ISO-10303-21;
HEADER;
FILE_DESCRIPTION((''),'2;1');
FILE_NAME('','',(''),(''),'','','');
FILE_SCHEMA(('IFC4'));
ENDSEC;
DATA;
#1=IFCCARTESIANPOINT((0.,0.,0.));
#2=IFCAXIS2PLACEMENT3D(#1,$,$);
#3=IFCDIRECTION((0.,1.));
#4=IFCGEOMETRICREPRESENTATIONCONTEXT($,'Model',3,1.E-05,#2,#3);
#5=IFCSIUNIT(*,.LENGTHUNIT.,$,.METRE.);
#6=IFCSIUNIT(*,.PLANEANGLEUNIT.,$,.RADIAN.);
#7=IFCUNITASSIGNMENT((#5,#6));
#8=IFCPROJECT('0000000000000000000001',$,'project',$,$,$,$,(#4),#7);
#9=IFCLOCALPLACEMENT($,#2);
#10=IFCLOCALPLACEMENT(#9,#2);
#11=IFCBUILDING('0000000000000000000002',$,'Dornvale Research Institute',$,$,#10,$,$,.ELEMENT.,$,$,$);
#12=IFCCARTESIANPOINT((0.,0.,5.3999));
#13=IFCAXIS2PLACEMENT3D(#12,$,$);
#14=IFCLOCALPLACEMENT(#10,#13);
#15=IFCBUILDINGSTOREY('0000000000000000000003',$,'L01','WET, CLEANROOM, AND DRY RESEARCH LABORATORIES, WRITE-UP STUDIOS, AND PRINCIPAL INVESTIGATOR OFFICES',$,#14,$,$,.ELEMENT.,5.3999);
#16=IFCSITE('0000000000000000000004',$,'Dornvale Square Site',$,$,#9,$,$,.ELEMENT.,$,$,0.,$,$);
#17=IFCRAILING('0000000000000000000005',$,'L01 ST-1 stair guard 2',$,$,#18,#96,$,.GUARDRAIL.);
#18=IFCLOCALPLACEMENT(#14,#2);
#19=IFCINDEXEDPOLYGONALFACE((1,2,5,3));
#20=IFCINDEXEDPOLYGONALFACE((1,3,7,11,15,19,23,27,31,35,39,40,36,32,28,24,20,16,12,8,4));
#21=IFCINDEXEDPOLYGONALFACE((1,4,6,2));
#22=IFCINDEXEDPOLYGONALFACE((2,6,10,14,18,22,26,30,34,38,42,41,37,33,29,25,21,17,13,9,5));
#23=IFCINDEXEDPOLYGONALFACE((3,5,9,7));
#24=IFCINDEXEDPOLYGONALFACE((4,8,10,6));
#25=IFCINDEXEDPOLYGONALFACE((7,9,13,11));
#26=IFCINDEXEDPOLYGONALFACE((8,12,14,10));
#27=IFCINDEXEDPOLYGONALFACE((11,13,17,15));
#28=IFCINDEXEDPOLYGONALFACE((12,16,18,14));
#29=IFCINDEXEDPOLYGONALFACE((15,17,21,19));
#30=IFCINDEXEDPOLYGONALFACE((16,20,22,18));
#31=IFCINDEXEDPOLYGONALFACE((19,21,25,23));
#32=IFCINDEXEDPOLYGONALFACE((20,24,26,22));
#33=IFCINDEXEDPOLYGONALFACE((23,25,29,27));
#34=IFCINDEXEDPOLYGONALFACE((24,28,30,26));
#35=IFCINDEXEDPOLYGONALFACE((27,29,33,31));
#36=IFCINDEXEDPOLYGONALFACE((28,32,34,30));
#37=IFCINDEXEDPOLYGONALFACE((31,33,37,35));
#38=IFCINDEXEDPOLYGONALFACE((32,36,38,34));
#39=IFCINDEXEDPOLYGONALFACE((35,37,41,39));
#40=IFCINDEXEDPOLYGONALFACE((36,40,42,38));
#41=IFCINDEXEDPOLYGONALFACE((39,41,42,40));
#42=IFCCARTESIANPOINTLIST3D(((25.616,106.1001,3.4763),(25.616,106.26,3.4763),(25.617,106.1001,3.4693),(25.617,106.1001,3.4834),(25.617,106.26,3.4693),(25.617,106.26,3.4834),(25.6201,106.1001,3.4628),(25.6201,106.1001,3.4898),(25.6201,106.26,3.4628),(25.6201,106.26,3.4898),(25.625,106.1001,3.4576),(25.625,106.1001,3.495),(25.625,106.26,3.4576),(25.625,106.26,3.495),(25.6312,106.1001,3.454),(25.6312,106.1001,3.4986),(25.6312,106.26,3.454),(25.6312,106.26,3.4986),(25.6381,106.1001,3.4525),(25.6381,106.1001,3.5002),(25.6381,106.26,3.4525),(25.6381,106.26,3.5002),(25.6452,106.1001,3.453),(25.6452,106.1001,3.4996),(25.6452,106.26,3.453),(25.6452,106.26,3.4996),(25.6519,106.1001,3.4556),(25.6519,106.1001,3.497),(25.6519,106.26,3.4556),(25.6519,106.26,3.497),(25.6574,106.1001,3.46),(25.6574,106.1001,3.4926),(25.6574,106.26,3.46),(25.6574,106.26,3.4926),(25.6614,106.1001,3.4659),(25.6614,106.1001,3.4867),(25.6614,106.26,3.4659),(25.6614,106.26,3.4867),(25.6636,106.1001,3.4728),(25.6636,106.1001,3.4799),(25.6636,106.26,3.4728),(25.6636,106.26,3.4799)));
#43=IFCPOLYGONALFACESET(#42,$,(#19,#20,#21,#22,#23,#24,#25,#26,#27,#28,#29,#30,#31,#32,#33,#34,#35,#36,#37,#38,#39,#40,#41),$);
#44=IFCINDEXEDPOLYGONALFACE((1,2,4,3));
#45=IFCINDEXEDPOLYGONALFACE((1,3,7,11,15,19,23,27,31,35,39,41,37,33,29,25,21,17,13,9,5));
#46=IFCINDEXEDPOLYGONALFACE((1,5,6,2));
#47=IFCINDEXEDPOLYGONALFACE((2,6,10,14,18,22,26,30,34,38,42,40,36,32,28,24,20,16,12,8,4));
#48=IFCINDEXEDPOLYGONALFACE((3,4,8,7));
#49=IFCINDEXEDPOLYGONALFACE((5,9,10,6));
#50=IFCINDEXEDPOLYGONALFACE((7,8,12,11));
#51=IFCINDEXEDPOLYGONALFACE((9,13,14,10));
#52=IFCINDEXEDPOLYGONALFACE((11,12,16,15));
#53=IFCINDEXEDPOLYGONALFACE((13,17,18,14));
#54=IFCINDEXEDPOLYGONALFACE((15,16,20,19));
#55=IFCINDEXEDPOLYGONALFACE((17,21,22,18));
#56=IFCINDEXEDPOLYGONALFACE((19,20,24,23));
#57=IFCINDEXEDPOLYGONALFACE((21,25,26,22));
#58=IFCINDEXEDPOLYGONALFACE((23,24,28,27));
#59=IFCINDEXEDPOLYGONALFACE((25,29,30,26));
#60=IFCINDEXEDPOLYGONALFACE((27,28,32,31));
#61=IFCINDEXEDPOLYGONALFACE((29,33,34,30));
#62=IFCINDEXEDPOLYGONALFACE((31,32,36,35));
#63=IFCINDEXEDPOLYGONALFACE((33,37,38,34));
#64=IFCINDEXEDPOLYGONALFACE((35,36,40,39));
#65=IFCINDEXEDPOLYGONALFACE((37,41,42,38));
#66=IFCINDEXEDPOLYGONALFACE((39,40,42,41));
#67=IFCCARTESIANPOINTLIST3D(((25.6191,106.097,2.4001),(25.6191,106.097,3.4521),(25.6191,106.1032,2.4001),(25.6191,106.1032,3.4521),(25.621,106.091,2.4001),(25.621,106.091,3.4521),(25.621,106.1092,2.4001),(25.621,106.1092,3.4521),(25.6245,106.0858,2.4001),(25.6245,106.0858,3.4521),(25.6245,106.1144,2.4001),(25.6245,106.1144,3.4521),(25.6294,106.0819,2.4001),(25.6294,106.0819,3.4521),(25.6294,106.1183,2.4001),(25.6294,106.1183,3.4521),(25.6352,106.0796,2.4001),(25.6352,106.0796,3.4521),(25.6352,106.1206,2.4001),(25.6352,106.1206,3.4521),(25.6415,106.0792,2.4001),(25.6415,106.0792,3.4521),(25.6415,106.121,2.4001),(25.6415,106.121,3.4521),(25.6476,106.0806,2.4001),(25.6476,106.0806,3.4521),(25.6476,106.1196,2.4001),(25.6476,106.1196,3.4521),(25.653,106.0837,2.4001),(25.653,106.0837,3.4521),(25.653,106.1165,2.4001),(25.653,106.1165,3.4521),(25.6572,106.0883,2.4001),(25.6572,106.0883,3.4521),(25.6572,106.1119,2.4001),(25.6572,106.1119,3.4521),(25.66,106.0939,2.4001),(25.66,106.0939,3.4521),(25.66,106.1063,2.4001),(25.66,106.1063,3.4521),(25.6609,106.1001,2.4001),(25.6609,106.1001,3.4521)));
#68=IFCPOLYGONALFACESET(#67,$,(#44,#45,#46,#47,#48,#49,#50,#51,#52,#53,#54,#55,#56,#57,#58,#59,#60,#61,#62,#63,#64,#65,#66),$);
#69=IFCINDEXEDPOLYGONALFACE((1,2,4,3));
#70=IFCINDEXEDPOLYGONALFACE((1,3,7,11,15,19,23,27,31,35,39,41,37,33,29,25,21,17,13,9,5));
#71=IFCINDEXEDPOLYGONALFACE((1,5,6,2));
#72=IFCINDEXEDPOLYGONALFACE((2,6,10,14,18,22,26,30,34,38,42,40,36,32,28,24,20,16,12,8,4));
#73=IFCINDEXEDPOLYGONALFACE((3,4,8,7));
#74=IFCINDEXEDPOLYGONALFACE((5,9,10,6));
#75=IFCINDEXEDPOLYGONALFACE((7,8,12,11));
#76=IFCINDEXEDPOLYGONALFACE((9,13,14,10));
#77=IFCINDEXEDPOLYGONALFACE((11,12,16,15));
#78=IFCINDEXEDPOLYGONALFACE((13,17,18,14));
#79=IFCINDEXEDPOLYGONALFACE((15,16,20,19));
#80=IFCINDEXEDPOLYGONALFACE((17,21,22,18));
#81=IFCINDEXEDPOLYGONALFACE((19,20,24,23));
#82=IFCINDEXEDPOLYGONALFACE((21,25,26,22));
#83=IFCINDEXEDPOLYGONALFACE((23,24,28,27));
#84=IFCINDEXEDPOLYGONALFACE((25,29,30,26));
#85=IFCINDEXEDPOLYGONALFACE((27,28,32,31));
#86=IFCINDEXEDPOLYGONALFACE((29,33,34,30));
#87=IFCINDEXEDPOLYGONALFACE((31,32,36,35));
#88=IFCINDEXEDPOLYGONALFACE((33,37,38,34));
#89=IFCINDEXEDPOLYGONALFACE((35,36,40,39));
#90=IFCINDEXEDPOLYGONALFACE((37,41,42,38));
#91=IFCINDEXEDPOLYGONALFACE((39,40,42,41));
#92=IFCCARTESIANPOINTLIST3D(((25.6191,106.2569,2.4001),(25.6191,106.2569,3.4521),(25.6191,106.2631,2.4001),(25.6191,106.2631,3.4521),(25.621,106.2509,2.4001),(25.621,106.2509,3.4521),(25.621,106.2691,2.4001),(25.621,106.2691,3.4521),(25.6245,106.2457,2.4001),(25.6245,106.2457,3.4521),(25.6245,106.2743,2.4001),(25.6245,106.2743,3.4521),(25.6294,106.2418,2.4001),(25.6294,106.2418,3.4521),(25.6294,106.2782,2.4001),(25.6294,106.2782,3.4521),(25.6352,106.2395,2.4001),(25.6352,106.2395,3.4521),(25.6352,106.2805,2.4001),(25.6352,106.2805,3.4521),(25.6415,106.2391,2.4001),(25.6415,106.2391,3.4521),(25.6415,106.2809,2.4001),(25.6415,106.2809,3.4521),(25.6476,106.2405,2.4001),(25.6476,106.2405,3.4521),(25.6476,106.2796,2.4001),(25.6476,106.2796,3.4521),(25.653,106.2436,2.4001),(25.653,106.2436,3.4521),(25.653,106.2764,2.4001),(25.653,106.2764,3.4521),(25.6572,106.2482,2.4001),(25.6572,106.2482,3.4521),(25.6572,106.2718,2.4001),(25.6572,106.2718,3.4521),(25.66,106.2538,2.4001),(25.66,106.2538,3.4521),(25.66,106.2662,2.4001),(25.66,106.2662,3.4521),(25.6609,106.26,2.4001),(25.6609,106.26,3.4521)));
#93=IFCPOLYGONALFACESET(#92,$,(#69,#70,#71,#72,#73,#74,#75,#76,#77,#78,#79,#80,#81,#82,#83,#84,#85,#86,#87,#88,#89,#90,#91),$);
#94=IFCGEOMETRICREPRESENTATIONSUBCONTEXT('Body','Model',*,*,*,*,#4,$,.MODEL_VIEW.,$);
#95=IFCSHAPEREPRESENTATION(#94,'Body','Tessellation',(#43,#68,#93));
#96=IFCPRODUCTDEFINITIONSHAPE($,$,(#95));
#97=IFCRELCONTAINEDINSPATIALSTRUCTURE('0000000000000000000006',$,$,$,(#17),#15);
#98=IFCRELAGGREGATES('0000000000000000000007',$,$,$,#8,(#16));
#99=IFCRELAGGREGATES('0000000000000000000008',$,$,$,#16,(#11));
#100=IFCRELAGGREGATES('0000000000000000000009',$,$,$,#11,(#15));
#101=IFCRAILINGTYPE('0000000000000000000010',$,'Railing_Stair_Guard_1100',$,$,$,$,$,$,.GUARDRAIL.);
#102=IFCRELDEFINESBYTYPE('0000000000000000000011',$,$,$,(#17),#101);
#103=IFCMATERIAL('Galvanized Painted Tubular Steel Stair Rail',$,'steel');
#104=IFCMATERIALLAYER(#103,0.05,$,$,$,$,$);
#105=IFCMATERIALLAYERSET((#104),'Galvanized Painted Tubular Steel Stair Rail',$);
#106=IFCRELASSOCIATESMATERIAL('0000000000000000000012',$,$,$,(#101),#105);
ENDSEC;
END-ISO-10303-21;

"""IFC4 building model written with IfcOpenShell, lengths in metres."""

from ifc_helpers import new_model, si_unit, direction, frame, origin, origin_2d, place, context, subcontext, project, spatial, circle, extrude, material, layer, layer_set, type_object, element, save


model = new_model("IFC4")

# Units and contexts
model_context = context("Model", 3, precision=1e-05, world=origin(), true_north=direction((0.0, 1.0)))
body_context = subcontext(model_context, "Body", "Model", "MODEL_VIEW")
ifc_project = project(units=[si_unit("LENGTHUNIT", "METRE"), si_unit("PLANEANGLEUNIT", "RADIAN")], contexts=[model_context])

# Site, building, storey
site_placement = place(None, origin())
site = spatial("IfcSite", under=ifc_project, at=site_placement, Name="Dornvale Square Site", CompositionType="ELEMENT", RefElevation=0.0)
building_placement = place(site_placement, origin())
building = spatial("IfcBuilding", under=site, at=building_placement, Name="Dornvale Research Institute", CompositionType="ELEMENT")
storey_placement = place(building_placement, frame((0.0, 0.0, 5.3999)))
storey = spatial("IfcBuildingStorey", under=building, at=storey_placement, Name="L01", Description="WET, CLEANROOM, AND DRY RESEARCH LABORATORIES, WRITE-UP STUDIOS, AND PRINCIPAL INVESTIGATOR OFFICES", CompositionType="ELEMENT", Elevation=5.3999)

# Railing
ifc_material_1 = material(Name="Galvanized Painted Tubular Steel Stair Rail", Category="steel")
ifc_layer_1 = layer(ifc_material_1, 0.05)
ifc_layer_set_1 = layer_set([ifc_layer_1], Name="Galvanized Painted Tubular Steel Stair Rail")
railing_type_1 = type_object("IfcRailingType", Name="Railing_Stair_Guard_1100", PredefinedType="GUARDRAIL", material=ifc_layer_set_1)
railing_1_placement = place(storey_placement, frame((25.6399, 106.1001, 2.4001)))
element("IfcRailing", 1, at=railing_1_placement, inside=storey, type_object=railing_type_1, Name="L01 ST-1 stair guard 2", PredefinedType="GUARDRAIL", context=body_context, shape_type="SweptSolid", body=[
    extrude(circle(Radius=0.0239, at=origin_2d()), frame((0.0, 0.0, 1.0762), z_axis=(0.0, 1.0, 0.0), x_axis=(-1.0, 0.0, 0.0)), (0.0, 0.0, 1.0), 0.1599),
    extrude(circle(Radius=0.021, at=origin_2d()), origin(), (0.0, 0.0, 1.0), 1.052),
    extrude(circle(Radius=0.021, at=origin_2d()), frame((0.0, 0.1599, 0.0)), (0.0, 0.0, 1.0), 1.052),
])

save(model, "model.ifc")
